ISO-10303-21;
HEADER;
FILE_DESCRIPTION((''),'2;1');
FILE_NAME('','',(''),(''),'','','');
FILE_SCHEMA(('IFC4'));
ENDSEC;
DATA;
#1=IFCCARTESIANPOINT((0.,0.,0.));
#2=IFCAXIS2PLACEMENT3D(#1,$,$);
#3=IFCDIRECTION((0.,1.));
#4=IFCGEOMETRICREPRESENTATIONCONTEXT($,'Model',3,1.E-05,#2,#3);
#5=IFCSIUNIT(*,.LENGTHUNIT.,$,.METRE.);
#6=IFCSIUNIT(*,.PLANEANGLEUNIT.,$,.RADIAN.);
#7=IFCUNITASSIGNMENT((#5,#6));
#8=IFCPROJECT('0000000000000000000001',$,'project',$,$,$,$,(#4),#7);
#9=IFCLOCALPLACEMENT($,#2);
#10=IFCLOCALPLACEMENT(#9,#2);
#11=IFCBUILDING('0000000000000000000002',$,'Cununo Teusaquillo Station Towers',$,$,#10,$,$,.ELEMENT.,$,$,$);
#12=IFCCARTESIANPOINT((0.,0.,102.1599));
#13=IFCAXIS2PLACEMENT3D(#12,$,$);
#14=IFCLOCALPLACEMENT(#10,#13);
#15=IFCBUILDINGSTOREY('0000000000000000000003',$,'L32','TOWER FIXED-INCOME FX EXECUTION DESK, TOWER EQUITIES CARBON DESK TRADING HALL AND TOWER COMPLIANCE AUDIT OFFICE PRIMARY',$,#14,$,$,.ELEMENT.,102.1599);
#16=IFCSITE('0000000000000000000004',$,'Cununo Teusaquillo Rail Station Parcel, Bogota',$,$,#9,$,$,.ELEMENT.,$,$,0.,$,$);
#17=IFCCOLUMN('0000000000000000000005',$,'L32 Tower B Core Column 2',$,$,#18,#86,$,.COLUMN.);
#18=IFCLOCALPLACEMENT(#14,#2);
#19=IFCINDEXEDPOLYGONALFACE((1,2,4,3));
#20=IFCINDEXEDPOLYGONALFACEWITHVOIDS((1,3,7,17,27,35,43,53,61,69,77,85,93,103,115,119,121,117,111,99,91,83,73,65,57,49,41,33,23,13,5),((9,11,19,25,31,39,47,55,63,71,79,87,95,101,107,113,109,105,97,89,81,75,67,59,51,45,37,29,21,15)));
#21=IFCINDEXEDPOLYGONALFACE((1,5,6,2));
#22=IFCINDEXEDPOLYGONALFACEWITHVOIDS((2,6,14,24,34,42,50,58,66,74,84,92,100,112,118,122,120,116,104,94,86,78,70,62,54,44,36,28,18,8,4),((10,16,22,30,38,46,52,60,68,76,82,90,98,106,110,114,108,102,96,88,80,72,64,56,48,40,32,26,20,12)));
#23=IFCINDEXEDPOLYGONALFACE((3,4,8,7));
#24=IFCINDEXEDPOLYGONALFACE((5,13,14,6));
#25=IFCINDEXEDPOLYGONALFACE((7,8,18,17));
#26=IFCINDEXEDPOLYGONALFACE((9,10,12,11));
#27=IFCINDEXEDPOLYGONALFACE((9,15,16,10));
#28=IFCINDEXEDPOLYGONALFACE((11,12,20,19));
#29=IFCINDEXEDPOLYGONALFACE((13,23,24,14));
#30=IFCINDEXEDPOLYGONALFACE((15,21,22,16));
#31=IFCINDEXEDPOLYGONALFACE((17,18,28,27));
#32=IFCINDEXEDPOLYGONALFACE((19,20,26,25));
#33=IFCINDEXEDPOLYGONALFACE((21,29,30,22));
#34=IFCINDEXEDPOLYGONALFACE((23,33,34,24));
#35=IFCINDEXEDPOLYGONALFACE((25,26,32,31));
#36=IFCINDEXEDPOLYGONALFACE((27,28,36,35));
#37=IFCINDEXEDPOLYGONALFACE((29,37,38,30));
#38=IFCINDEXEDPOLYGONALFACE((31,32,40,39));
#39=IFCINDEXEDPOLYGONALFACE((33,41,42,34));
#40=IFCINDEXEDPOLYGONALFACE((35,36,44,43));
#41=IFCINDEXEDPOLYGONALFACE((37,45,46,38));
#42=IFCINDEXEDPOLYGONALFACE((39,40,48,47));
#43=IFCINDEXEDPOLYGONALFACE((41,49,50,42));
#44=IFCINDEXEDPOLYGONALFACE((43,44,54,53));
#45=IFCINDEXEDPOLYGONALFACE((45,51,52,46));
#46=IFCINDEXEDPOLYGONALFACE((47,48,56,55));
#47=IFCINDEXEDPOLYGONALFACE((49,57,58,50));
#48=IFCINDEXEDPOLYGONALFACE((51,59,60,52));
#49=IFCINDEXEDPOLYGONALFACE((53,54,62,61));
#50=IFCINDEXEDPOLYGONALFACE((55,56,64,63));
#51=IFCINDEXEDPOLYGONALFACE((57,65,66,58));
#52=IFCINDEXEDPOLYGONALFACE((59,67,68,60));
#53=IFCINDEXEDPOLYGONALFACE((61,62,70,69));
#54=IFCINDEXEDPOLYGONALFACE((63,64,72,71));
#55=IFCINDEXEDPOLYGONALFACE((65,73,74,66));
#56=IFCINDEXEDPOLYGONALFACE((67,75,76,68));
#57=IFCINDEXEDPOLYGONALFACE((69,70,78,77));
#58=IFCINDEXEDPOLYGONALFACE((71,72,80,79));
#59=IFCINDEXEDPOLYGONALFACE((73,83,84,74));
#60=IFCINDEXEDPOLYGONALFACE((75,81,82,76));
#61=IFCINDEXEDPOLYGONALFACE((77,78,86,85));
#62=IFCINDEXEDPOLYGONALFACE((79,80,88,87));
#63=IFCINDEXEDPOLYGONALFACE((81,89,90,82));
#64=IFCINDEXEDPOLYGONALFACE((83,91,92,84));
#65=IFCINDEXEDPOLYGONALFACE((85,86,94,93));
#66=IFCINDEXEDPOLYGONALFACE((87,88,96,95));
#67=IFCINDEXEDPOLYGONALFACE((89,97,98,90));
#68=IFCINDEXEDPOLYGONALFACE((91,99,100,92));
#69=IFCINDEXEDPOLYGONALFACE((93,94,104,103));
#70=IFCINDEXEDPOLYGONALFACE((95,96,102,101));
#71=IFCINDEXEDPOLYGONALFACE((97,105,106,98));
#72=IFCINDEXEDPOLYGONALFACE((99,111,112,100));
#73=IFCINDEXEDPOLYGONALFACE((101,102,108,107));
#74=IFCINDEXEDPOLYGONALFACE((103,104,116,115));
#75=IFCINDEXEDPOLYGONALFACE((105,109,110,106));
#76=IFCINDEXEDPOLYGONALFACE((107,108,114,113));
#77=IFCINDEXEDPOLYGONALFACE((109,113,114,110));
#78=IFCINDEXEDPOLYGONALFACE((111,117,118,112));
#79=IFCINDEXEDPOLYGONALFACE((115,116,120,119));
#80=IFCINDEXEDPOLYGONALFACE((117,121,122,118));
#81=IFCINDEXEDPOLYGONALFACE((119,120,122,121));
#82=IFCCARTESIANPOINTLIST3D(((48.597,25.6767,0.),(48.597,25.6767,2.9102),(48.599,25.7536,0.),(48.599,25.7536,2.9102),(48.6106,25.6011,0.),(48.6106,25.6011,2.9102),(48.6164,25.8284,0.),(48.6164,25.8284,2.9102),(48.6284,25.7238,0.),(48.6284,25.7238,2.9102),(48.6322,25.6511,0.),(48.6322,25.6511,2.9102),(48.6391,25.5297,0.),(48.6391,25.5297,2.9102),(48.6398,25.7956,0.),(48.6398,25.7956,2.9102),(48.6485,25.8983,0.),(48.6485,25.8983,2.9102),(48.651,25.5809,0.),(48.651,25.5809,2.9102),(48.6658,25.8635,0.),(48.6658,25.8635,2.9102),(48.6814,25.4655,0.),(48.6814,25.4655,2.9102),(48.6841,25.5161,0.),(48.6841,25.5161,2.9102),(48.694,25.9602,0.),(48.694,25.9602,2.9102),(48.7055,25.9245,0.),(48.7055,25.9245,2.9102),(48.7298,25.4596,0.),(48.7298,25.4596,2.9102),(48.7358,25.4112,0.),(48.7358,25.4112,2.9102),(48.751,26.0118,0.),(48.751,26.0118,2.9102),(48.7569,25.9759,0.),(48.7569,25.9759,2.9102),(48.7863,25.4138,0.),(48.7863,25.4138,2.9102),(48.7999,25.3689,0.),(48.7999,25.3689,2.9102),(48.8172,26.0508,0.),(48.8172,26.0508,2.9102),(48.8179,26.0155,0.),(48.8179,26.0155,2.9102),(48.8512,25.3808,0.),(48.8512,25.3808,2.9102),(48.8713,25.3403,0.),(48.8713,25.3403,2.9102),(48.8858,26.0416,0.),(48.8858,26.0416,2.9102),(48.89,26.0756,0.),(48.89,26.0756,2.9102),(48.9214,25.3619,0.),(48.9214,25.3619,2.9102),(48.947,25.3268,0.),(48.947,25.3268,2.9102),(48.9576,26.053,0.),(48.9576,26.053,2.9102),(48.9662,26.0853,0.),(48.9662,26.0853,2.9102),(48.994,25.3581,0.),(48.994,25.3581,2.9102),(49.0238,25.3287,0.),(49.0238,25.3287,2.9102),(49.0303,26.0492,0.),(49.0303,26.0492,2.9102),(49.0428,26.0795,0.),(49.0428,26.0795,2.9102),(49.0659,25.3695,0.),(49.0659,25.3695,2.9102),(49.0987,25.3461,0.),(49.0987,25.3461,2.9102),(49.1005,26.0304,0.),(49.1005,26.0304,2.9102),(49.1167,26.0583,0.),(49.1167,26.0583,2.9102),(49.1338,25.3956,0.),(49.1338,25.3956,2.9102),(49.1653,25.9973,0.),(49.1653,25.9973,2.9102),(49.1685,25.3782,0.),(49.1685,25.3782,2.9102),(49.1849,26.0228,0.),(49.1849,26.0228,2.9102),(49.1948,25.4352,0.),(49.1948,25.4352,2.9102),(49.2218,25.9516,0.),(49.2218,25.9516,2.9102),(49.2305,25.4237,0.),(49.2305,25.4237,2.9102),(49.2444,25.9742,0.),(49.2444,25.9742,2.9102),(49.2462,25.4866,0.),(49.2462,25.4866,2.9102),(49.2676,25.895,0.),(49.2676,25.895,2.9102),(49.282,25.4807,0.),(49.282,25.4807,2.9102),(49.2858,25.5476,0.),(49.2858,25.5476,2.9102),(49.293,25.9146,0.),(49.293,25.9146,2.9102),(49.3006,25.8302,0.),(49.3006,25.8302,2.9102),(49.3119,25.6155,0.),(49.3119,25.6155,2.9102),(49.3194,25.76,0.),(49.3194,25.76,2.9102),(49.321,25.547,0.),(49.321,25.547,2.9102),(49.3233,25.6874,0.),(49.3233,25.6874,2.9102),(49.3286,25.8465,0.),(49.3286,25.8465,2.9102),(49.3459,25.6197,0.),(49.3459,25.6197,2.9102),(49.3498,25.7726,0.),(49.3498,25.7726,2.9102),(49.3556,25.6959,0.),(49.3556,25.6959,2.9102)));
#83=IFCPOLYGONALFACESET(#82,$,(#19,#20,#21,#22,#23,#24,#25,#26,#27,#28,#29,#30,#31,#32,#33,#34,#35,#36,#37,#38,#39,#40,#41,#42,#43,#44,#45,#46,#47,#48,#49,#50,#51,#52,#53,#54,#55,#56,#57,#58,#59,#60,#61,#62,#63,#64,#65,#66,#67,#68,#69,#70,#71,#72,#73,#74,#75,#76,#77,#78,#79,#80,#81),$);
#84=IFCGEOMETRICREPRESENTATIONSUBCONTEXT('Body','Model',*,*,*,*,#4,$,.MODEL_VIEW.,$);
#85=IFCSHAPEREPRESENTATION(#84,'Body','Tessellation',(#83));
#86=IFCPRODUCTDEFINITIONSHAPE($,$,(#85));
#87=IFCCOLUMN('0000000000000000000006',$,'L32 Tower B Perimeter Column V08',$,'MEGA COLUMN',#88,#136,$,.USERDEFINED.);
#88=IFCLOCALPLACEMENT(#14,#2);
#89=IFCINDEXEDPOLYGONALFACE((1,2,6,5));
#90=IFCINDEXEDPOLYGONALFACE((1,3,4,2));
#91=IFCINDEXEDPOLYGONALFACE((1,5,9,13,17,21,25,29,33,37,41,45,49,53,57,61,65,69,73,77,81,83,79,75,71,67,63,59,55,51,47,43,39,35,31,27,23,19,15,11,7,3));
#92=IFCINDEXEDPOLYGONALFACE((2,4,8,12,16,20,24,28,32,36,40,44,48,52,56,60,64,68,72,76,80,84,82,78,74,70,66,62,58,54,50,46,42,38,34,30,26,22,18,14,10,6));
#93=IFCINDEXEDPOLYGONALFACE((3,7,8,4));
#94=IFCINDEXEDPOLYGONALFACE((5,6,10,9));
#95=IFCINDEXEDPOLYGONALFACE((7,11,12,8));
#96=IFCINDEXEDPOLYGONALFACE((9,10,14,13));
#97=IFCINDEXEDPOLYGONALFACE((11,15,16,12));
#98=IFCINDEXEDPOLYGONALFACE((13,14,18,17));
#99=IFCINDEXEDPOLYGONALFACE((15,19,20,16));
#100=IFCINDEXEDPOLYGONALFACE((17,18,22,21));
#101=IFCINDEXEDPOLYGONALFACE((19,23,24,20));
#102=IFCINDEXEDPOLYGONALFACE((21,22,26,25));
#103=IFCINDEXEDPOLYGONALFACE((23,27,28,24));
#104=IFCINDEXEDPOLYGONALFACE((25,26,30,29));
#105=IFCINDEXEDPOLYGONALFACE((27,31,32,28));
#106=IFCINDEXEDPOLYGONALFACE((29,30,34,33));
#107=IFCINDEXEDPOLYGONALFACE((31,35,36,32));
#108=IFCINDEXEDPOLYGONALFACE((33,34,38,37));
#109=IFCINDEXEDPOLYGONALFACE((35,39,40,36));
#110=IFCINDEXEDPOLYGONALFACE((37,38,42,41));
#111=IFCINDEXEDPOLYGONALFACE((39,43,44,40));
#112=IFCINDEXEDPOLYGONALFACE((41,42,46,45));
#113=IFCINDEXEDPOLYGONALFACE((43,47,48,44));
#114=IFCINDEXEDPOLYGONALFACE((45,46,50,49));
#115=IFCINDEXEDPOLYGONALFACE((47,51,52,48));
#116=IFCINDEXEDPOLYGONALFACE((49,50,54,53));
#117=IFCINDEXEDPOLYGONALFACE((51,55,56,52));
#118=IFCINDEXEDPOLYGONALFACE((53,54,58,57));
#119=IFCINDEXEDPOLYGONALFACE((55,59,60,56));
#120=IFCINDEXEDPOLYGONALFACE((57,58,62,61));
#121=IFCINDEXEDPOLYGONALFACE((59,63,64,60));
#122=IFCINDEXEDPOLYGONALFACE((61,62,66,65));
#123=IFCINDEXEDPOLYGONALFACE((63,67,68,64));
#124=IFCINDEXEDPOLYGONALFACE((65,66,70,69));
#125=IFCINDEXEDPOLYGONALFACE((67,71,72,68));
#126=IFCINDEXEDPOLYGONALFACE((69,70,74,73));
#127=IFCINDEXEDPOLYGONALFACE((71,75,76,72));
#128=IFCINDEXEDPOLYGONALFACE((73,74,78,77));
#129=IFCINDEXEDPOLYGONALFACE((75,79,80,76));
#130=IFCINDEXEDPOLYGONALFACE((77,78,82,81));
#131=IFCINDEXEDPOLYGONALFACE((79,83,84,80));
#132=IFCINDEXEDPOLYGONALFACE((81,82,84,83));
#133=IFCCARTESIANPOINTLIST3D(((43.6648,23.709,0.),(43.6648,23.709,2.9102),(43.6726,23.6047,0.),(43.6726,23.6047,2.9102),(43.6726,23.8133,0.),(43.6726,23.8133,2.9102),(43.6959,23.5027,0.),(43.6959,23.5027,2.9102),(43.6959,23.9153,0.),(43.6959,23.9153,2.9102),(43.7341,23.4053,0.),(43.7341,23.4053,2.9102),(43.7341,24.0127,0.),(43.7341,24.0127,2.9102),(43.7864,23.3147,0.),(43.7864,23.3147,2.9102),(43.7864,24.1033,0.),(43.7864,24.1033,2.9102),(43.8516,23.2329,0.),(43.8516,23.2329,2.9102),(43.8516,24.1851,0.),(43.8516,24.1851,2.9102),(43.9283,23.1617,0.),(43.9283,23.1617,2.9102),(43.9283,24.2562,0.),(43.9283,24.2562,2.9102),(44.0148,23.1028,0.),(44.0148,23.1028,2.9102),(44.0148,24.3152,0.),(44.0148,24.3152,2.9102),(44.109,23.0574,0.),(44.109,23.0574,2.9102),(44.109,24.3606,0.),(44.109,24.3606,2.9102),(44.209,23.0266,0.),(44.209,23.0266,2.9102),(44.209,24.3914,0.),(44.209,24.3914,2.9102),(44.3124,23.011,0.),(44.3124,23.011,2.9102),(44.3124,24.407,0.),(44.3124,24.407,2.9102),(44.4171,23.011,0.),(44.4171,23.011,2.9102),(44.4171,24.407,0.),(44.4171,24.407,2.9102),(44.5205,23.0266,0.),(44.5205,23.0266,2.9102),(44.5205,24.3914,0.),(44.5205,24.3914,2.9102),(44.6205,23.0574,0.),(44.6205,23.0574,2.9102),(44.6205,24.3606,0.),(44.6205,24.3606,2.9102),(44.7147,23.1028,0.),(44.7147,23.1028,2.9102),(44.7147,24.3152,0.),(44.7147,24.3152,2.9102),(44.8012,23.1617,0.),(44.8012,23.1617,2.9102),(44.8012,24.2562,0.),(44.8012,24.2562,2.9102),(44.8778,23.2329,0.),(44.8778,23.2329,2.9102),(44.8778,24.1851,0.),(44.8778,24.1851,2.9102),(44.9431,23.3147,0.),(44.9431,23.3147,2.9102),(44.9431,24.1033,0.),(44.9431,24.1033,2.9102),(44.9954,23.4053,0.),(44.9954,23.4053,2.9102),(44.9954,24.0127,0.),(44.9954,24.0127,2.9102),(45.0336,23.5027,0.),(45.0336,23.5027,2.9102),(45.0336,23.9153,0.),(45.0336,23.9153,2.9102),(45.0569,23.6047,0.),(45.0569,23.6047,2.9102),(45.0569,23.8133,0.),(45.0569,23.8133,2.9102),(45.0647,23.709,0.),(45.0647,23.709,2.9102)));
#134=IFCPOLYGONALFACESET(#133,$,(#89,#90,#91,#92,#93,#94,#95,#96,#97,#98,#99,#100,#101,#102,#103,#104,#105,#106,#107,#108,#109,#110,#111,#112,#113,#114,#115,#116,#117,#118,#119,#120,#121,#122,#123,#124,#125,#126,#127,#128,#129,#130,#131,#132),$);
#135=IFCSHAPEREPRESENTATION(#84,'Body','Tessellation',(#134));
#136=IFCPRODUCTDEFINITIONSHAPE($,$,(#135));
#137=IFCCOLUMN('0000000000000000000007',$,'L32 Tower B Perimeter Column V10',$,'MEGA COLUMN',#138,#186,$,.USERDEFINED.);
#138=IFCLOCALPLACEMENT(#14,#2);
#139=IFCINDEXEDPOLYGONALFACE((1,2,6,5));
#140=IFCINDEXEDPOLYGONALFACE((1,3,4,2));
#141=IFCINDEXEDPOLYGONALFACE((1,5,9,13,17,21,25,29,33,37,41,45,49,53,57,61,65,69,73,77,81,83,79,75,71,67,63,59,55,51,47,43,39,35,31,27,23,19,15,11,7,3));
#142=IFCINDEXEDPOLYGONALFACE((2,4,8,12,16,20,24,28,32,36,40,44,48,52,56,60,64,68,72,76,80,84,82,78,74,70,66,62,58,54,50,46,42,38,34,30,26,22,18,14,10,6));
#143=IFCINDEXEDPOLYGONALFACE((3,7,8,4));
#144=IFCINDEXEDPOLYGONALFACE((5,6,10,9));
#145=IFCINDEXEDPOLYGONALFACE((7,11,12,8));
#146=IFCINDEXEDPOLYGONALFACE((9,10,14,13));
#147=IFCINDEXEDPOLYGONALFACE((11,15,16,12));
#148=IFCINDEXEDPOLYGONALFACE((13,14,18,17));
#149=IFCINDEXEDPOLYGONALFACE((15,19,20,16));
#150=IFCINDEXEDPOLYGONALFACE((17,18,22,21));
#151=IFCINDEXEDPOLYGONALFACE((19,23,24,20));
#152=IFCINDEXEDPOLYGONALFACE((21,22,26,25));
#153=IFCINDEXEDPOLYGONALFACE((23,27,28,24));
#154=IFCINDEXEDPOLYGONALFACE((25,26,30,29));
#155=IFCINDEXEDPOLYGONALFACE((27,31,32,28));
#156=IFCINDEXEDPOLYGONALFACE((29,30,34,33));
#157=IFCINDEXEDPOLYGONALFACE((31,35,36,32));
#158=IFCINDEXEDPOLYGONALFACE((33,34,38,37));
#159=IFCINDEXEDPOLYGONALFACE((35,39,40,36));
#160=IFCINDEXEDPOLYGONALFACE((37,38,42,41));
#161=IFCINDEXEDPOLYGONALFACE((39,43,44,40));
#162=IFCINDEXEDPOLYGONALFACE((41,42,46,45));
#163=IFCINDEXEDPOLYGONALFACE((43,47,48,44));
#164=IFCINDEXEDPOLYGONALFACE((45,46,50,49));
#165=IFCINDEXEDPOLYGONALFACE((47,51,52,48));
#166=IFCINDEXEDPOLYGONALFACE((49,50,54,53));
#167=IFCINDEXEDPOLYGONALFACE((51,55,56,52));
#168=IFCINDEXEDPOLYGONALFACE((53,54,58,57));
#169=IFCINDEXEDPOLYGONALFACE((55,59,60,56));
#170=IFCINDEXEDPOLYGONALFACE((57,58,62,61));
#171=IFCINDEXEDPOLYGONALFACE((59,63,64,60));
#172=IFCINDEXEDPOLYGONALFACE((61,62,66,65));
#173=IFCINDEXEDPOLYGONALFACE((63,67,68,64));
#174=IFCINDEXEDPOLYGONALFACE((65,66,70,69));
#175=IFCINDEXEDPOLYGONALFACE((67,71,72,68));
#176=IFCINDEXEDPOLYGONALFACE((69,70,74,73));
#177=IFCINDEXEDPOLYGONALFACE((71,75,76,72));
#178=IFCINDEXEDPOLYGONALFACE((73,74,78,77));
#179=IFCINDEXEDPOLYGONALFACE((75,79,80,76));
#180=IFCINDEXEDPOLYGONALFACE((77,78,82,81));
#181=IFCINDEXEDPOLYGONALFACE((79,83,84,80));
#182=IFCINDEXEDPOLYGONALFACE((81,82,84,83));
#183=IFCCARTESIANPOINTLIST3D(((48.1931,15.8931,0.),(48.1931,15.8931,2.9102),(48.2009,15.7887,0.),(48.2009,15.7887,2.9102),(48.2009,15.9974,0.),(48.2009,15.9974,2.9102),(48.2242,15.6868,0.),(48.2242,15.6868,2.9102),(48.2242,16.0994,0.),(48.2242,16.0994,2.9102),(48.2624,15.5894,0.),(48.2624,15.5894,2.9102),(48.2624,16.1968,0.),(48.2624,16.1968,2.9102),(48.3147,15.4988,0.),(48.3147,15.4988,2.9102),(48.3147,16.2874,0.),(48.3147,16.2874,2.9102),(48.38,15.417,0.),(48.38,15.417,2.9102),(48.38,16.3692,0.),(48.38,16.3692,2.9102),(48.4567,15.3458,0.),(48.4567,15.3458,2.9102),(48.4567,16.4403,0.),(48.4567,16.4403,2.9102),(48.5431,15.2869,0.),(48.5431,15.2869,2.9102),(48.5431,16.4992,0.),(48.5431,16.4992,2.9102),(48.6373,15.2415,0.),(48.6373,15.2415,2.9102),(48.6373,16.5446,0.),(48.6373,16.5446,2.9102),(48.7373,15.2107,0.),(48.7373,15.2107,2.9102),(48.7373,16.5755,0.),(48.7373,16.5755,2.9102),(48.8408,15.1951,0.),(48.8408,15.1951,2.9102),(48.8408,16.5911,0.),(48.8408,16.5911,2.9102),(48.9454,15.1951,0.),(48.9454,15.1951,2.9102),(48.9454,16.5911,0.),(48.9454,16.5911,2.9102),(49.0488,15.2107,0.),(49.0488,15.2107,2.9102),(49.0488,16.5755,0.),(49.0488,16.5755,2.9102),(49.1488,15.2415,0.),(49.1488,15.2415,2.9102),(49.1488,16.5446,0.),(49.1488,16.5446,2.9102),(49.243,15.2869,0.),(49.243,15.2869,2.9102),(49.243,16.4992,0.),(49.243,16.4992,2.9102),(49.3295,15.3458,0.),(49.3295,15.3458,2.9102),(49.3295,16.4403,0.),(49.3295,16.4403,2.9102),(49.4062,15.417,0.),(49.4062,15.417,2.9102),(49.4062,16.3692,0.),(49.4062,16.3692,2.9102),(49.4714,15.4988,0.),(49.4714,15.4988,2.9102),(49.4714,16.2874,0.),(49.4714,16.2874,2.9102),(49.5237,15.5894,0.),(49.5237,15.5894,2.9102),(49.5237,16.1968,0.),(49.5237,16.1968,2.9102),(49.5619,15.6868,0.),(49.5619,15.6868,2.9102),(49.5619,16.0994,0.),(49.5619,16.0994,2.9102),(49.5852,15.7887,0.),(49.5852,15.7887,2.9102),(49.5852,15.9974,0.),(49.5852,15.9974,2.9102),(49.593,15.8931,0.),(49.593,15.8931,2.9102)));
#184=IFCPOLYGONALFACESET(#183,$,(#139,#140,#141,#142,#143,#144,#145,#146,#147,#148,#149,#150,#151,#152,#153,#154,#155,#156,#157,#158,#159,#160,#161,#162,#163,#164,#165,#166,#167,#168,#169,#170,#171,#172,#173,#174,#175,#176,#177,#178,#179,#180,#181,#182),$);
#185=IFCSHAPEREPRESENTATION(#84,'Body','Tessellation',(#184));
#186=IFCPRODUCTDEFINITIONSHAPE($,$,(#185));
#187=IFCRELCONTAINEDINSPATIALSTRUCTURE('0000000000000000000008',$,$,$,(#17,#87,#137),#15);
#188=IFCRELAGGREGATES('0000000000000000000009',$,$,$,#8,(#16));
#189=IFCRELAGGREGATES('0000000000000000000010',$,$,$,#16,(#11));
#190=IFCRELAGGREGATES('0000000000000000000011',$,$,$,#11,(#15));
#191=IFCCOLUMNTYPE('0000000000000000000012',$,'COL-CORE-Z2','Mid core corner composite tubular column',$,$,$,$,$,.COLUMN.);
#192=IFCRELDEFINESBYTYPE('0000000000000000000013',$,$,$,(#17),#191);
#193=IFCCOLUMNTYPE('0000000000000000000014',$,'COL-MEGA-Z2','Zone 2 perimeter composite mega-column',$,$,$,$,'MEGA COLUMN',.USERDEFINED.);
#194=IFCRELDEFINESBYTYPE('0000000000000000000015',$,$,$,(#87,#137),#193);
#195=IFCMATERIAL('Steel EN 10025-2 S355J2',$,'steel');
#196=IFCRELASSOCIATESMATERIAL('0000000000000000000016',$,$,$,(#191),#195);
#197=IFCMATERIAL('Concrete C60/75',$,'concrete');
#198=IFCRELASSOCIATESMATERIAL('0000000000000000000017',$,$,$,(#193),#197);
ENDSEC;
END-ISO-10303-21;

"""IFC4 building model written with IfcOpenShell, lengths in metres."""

from ifc_helpers import new_model, si_unit, direction, frame, origin, origin_2d, place, context, subcontext, project, spatial, circle, hollow_circle, extrude, material, material_profile, profile_set, type_object, element, save


model = new_model("IFC4")

# Units and contexts
model_context = context("Model", 3, precision=1e-05, world=origin(), true_north=direction((0.0, 1.0)))
body_context = subcontext(model_context, "Body", "Model", "MODEL_VIEW")
ifc_project = project(units=[si_unit("LENGTHUNIT", "METRE"), si_unit("PLANEANGLEUNIT", "RADIAN")], contexts=[model_context])

# Site, building, storey
site_placement = place(None, origin())
site = spatial("IfcSite", under=ifc_project, at=site_placement, Name="Cununo Teusaquillo Rail Station Parcel, Bogota", CompositionType="ELEMENT", RefElevation=0.0)
building_placement = place(site_placement, origin())
building = spatial("IfcBuilding", under=site, at=building_placement, Name="Cununo Teusaquillo Station Towers", CompositionType="ELEMENT")
storey_placement = place(building_placement, frame((0.0, 0.0, 102.1599)))
storey = spatial("IfcBuildingStorey", under=building, at=storey_placement, Name="L32", Description="TOWER FIXED-INCOME FX EXECUTION DESK, TOWER EQUITIES CARBON DESK TRADING HALL AND TOWER COMPLIANCE AUDIT OFFICE PRIMARY", CompositionType="ELEMENT", Elevation=102.1599)

# Columns
ifc_material_1 = material(Name="Steel EN 10025-2 S355J2", Category="steel")
ifc_material_profile_1 = material_profile(ifc_material_1, hollow_circle(Radius=0.3799, WallThickness=0.032, at=origin_2d()), Name="CHS 760x32")
ifc_profile_set_1 = profile_set([ifc_material_profile_1], Name="Steel EN 10025-2 S355J2")
column_type_1 = type_object("IfcColumnType", Name="COL-CORE-Z2", Description="Mid core corner composite tubular column", PredefinedType="COLUMN", material=ifc_profile_set_1)
column_placement = place(storey_placement, frame((48.9758, 25.7056, 0.0), z_axis=(0.0, 0.0, 1.0), x_axis=(0.707107, 0.707107, 0.0)))
element("IfcColumn", 1, at=column_placement, inside=storey, type_object=column_type_1, Name="L32 Tower B Core Column 2", PredefinedType="COLUMN", context=body_context, shape_type="SweptSolid", body=[
    extrude(hollow_circle(Radius=0.3799, WallThickness=0.032, at=origin_2d()), origin(), (0.0, 0.0, 1.0), 2.9102),
])
ifc_material_2 = material(Name="Concrete C60/75", Category="concrete")
ifc_material_profile_2 = material_profile(ifc_material_2, circle(Radius=0.7, at=origin_2d()), Name="RC-CIRC-1400")
ifc_profile_set_2 = profile_set([ifc_material_profile_2], Name="Concrete C60/75")
column_type_2 = type_object("IfcColumnType", Name="COL-MEGA-Z2", Description="Zone 2 perimeter composite mega-column", ElementType="MEGA COLUMN", PredefinedType="USERDEFINED", material=ifc_profile_set_2)
for number, where, z_axis, x_axis, name in (
    (2, (44.3647, 23.709, 0.0), (0.0, 0.0, 1.0), (1.0, 0.0, 0.0), "L32 Tower B Perimeter Column V08"),
    (3, (48.8931, 15.8931, 0.0), (0.0, 0.0, 1.0), (1.0, 0.0, 0.0), "L32 Tower B Perimeter Column V10"),
):
    element("IfcColumn", number, at=place(storey_placement, frame(where, z_axis=z_axis, x_axis=x_axis)), inside=storey, type_object=column_type_2, Name=name, ObjectType="MEGA COLUMN", PredefinedType="USERDEFINED", context=body_context, shape_type="SweptSolid", body=[
        extrude(circle(Radius=0.7, at=origin_2d()), origin(), (0.0, 0.0, 1.0), 2.9102),
    ])

save(model, "model.ifc")
